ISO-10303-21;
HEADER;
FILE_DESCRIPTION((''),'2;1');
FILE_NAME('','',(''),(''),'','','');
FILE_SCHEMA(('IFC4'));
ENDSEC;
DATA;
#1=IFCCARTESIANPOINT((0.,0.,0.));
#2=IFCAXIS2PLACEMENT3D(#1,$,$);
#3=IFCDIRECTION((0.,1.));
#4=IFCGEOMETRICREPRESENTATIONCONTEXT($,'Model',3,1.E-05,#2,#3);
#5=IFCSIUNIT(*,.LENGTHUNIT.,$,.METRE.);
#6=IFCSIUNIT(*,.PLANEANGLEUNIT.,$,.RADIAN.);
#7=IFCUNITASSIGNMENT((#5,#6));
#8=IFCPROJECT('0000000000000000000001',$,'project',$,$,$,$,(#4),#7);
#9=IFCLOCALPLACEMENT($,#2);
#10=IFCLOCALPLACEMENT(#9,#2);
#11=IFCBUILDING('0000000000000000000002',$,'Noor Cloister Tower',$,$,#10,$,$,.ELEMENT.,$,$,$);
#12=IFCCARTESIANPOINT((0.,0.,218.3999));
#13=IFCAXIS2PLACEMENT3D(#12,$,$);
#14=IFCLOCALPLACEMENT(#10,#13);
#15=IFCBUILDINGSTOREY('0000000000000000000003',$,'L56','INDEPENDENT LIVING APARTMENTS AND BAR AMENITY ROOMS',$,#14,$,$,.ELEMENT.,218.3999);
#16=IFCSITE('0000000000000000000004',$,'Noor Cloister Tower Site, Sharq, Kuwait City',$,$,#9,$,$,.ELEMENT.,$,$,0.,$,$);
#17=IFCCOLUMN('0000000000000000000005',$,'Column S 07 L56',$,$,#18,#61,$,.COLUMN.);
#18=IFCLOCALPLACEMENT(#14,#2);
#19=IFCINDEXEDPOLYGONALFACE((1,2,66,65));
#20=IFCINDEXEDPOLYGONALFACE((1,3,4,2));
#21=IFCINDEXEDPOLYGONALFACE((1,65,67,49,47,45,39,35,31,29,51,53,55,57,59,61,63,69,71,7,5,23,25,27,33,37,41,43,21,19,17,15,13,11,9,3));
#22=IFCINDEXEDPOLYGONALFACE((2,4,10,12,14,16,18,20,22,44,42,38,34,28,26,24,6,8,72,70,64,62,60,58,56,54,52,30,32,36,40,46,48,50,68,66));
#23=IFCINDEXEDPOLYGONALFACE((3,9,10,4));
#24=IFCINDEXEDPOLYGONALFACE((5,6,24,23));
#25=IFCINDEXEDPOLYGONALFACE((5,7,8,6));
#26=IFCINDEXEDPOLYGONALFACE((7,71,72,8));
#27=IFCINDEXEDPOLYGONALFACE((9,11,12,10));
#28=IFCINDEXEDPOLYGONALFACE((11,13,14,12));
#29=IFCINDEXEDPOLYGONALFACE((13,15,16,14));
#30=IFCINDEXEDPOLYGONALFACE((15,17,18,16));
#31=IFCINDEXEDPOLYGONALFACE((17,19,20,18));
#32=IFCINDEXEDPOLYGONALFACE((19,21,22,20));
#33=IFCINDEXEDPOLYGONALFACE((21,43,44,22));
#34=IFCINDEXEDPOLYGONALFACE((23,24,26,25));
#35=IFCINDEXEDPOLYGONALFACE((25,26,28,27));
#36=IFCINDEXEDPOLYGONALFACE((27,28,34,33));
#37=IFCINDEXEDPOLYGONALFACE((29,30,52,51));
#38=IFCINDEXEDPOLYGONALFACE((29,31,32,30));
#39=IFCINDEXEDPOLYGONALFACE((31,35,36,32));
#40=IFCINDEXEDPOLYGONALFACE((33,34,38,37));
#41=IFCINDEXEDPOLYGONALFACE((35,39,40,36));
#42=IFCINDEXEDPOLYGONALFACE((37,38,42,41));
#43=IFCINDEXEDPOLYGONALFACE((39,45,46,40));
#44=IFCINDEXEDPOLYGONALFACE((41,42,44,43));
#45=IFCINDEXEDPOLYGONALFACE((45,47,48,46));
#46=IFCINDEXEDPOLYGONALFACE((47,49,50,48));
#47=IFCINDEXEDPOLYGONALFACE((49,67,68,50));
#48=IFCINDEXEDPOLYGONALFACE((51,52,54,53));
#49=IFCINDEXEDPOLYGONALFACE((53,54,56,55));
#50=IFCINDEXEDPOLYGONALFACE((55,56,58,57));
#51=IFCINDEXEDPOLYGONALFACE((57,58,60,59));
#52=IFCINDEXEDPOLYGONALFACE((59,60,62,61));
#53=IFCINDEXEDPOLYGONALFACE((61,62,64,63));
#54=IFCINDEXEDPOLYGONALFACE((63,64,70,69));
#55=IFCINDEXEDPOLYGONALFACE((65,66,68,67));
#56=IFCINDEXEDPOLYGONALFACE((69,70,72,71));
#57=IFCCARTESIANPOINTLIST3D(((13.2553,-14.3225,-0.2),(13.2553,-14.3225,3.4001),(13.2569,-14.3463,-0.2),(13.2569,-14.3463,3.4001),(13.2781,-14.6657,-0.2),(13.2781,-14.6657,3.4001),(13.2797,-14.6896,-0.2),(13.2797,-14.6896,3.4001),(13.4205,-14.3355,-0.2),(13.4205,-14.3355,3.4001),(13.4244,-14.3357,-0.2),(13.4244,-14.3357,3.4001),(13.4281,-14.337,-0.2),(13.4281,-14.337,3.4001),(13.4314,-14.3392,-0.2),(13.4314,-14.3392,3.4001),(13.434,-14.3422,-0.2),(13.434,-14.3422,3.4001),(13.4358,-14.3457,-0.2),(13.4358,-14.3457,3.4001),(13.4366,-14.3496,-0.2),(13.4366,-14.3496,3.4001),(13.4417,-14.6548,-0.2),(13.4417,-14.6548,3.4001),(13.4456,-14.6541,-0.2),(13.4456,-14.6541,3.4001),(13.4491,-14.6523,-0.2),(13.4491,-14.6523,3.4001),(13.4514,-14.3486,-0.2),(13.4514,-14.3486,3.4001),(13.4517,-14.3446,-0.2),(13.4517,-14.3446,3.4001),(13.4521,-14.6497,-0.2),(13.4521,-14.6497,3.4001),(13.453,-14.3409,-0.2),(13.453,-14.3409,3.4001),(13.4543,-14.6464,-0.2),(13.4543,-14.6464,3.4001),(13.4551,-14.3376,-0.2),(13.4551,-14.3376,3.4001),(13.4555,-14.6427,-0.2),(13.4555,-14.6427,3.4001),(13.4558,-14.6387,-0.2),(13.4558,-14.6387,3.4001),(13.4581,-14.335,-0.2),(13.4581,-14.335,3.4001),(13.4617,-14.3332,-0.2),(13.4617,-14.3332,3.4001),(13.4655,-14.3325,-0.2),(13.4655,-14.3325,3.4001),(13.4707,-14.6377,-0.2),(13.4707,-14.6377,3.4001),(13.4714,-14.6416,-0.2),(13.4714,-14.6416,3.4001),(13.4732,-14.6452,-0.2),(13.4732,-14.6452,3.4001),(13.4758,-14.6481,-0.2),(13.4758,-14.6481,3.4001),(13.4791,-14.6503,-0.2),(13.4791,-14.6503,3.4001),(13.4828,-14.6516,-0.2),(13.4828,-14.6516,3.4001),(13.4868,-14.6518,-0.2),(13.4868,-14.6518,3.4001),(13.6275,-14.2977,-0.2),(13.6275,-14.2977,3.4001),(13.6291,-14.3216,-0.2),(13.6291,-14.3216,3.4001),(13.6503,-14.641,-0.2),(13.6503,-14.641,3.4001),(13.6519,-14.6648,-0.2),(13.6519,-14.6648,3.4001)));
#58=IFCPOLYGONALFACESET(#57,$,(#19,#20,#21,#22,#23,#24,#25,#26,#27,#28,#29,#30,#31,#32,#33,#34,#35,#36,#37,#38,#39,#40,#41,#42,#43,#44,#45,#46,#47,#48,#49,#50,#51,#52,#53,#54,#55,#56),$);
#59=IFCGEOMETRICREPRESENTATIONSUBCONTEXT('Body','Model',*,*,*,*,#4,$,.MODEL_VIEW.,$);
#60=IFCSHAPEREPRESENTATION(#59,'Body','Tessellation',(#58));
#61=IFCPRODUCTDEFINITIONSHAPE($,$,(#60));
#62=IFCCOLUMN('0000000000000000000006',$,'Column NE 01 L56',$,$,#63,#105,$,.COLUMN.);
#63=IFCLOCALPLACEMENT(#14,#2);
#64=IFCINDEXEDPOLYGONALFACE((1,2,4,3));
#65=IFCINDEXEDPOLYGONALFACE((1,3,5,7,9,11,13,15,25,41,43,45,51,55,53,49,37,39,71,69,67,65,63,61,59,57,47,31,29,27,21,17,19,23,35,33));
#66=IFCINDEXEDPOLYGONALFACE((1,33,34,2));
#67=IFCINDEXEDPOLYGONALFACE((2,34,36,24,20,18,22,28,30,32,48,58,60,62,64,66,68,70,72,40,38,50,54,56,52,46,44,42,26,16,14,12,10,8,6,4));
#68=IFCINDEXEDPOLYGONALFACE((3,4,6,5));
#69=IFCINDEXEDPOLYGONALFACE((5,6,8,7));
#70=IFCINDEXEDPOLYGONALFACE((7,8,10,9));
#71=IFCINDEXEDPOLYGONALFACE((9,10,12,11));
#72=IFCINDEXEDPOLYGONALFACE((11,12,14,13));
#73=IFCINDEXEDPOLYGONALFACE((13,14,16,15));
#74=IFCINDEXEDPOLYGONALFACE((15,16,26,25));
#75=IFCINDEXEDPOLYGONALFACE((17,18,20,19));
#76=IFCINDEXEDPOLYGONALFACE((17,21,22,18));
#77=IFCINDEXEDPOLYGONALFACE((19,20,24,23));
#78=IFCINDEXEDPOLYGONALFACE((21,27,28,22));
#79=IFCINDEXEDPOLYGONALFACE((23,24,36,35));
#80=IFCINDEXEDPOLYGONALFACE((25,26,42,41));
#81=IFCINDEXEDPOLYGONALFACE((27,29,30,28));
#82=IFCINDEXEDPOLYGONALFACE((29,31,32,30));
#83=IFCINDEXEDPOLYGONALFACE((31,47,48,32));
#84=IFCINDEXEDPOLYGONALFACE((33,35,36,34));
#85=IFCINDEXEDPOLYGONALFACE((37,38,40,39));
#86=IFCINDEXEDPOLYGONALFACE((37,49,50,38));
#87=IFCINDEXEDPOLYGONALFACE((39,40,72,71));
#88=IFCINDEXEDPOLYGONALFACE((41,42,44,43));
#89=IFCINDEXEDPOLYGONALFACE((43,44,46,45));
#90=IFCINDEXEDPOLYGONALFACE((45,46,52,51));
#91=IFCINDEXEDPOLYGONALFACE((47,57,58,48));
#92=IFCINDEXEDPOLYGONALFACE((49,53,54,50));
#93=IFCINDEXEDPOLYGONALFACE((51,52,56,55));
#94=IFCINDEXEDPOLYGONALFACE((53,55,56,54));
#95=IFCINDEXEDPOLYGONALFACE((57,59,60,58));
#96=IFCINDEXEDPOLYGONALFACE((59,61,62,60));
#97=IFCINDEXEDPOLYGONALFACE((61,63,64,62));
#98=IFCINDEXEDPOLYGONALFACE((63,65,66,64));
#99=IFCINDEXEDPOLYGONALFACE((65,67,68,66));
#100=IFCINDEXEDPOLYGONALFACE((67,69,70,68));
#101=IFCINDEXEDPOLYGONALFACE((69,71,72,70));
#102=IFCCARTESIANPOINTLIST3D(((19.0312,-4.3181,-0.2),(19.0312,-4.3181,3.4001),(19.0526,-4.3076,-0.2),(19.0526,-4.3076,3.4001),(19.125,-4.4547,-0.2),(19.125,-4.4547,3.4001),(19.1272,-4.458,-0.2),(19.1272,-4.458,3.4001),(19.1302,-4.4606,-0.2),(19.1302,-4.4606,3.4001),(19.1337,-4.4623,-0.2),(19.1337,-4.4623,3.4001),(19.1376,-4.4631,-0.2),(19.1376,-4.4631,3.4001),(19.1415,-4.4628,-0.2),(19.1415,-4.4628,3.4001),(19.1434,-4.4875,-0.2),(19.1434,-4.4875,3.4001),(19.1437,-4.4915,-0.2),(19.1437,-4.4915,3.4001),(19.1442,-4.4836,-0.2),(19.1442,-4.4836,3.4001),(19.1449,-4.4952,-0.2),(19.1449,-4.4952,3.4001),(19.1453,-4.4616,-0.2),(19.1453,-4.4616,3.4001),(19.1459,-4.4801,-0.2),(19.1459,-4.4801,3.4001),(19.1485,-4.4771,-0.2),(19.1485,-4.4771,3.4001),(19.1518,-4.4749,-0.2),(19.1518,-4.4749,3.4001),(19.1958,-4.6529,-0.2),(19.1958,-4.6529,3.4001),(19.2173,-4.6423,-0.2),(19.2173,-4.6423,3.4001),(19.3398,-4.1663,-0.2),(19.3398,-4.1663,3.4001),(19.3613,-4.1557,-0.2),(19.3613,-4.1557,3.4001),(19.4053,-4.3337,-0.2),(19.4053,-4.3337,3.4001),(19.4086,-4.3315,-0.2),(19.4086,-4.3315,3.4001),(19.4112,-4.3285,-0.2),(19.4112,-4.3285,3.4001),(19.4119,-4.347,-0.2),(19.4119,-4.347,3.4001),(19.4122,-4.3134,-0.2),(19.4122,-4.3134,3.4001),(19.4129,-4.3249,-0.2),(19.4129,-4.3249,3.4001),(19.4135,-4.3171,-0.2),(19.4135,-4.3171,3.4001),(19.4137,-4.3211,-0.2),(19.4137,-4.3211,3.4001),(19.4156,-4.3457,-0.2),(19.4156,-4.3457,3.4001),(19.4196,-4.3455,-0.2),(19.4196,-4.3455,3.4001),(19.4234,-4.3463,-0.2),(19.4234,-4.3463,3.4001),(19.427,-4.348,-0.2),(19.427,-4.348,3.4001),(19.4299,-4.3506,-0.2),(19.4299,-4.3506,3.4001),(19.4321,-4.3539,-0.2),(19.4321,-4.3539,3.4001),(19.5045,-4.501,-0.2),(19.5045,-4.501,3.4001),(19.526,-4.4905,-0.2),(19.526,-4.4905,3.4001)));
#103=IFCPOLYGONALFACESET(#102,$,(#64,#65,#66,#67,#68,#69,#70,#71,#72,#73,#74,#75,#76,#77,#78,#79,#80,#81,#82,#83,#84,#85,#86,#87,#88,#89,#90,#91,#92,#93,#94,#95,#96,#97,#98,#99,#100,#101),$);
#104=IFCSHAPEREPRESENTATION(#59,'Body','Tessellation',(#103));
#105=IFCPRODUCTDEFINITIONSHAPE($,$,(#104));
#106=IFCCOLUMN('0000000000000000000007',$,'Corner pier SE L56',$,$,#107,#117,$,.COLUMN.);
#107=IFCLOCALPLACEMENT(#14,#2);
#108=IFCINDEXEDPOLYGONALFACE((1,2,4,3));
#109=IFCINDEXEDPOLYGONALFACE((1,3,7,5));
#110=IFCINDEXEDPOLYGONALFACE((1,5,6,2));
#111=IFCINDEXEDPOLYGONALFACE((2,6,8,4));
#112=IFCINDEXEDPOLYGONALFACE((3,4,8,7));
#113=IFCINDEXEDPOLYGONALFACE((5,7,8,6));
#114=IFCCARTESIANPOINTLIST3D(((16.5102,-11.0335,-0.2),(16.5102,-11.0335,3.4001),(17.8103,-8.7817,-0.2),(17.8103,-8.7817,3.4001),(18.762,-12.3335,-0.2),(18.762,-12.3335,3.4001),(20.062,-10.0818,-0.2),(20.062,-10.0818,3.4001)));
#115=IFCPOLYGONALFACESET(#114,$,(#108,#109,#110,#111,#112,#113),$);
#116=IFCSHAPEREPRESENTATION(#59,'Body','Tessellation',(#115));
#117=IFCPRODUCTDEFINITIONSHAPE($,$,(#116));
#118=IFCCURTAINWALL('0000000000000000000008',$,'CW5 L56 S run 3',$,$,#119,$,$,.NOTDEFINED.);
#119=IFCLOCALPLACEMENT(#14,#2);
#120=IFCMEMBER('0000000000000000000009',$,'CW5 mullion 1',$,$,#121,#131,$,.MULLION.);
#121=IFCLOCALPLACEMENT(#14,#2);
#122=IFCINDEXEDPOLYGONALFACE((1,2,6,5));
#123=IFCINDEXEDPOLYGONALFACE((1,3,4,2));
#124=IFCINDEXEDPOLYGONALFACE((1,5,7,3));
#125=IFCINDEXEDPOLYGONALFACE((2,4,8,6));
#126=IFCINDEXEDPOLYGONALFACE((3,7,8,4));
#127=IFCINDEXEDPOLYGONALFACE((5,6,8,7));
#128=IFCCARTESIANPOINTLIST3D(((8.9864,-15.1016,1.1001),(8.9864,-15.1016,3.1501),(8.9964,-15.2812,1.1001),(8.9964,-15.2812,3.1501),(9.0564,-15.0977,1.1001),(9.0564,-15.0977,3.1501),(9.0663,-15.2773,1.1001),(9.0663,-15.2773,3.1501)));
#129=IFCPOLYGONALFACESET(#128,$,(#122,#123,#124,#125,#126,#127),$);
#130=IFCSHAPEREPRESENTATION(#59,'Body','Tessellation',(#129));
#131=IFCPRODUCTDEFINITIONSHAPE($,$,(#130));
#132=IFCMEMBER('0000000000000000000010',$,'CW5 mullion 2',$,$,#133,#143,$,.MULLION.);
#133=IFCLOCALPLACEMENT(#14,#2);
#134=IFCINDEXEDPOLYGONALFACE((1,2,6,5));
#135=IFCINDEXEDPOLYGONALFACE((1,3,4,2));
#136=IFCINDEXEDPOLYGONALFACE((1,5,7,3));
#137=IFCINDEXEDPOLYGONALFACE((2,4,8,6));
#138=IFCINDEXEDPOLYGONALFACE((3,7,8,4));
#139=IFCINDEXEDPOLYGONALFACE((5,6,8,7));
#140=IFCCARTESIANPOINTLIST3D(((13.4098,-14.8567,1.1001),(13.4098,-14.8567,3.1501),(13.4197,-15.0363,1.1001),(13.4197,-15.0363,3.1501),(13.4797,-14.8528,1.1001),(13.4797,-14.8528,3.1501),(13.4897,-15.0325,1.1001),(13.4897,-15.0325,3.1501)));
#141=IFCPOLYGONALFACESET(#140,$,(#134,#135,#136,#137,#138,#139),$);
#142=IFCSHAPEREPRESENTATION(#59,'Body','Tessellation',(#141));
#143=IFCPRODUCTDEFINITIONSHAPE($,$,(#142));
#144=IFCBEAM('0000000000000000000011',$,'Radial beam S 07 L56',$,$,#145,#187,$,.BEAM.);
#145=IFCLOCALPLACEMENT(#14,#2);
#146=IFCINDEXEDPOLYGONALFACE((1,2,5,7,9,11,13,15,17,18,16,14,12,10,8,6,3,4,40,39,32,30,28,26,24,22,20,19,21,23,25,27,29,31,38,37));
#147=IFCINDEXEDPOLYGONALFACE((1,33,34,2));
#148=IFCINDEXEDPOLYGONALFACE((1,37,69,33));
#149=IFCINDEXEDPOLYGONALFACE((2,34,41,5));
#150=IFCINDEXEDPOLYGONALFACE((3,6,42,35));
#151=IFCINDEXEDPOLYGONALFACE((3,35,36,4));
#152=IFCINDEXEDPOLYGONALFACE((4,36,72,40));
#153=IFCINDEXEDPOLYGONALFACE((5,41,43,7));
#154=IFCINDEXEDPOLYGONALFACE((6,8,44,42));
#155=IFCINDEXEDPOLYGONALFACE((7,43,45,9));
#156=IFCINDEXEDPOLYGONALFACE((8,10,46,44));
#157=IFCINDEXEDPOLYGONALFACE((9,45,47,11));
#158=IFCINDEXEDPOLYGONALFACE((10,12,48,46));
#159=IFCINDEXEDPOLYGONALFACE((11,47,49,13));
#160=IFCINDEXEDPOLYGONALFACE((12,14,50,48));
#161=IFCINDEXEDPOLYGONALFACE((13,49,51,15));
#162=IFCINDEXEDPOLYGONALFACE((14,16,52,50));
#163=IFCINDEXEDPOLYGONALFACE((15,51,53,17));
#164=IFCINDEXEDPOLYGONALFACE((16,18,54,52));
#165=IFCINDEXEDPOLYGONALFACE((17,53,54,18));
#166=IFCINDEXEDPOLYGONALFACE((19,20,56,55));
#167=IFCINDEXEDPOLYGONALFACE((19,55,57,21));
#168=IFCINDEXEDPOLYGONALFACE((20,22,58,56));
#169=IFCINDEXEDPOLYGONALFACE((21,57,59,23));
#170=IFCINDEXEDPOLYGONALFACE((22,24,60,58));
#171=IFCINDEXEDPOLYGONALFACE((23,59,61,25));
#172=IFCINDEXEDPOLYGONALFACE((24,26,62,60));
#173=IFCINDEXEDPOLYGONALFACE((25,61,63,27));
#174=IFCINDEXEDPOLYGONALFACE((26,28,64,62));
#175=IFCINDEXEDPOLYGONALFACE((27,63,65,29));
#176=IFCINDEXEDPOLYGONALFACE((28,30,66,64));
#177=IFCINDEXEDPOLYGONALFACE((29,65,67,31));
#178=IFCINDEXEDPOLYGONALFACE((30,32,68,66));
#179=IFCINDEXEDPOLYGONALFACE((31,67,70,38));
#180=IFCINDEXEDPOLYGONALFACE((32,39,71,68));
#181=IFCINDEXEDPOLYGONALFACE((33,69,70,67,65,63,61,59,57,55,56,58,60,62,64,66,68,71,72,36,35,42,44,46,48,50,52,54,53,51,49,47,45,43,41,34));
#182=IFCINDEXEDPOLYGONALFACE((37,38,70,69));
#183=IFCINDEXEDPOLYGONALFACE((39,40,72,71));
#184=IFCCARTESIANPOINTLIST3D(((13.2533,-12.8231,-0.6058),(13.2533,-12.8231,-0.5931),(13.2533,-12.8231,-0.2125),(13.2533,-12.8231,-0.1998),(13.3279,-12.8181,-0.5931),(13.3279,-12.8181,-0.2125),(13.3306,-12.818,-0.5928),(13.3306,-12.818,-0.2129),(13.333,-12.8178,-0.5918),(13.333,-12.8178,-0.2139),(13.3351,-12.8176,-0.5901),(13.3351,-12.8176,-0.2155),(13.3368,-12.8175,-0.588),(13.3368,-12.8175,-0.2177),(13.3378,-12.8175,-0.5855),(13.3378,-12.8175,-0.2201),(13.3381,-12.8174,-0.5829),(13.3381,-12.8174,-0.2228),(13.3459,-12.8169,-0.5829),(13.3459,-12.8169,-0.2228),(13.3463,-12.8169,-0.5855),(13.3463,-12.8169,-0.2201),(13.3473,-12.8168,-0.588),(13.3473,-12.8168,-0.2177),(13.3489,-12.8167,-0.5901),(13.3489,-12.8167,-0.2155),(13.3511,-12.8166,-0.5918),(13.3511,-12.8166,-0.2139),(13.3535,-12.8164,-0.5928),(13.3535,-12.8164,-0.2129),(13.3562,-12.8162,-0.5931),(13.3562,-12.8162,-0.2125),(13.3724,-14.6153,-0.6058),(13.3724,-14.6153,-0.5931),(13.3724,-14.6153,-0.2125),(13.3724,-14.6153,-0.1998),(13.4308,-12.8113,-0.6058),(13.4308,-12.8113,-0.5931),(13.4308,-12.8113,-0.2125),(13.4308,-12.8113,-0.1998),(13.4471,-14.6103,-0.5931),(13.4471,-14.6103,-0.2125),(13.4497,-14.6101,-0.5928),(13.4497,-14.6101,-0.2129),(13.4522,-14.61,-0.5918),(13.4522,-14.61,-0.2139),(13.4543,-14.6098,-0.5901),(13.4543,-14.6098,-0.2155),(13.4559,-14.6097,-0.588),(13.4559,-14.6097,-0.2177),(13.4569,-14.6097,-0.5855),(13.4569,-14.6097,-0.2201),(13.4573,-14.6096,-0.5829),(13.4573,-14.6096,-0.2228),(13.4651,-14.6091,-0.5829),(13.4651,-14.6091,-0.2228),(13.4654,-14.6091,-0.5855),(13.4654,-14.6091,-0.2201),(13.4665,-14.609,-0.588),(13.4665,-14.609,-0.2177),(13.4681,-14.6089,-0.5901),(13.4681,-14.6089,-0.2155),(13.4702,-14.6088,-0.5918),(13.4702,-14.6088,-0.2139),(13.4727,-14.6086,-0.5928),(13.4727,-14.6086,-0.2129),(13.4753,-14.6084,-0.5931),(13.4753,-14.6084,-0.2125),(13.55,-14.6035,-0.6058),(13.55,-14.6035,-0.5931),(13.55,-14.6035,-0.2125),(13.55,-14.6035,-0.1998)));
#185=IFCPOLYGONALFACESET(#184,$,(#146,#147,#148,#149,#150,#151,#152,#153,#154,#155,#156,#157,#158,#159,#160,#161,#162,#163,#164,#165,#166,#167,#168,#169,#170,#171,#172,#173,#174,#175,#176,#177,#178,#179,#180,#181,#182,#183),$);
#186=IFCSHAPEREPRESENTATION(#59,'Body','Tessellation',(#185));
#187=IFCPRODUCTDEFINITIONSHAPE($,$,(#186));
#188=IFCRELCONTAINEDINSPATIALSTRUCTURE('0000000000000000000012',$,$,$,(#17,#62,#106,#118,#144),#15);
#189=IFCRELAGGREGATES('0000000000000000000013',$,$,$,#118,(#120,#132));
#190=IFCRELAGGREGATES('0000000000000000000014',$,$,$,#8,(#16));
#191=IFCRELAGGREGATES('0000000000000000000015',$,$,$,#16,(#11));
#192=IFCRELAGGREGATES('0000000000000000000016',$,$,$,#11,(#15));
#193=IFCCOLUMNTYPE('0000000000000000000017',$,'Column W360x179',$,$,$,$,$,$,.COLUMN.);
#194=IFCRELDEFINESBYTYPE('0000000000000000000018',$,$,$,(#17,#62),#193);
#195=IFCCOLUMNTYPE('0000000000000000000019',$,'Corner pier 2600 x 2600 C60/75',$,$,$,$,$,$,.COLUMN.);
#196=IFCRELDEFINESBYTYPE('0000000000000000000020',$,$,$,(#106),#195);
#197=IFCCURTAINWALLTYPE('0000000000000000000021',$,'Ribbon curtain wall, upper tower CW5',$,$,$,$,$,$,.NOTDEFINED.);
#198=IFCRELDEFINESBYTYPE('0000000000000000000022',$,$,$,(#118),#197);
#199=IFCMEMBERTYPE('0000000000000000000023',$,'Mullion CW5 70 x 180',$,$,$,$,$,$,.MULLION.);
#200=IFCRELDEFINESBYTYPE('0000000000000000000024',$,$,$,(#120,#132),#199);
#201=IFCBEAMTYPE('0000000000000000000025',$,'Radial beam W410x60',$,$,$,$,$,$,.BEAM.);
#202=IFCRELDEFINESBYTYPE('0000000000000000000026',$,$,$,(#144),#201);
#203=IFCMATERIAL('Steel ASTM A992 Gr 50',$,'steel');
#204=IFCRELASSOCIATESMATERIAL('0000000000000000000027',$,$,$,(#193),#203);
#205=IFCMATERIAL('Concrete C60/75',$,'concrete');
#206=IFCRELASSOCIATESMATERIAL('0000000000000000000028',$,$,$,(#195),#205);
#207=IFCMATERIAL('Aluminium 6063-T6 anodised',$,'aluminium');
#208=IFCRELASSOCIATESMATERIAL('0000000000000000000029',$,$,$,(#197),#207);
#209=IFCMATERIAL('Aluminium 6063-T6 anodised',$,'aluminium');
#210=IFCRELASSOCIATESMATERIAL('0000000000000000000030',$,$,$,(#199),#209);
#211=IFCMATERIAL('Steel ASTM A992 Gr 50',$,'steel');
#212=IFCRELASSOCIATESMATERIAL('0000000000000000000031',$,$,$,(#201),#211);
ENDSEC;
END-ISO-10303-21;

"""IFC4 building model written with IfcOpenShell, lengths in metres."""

from ifc_helpers import new_model, si_unit, direction, frame, origin, origin_2d, place, context, subcontext, project, spatial, rectangle, i_section, extrude, material, material_profile, profile_set, type_object, element, aggregate, save


model = new_model("IFC4")

# Units and contexts
model_context = context("Model", 3, precision=1e-05, world=origin(), true_north=direction((0.0, 1.0)))
body_context = subcontext(model_context, "Body", "Model", "MODEL_VIEW")
ifc_project = project(units=[si_unit("LENGTHUNIT", "METRE"), si_unit("PLANEANGLEUNIT", "RADIAN")], contexts=[model_context])

# Site, building, storey
site_placement = place(None, origin())
site = spatial("IfcSite", under=ifc_project, at=site_placement, Name="Noor Cloister Tower Site, Sharq, Kuwait City", CompositionType="ELEMENT", RefElevation=0.0)
building_placement = place(site_placement, origin())
building = spatial("IfcBuilding", under=site, at=building_placement, Name="Noor Cloister Tower", CompositionType="ELEMENT")
storey_placement = place(building_placement, frame((0.0, 0.0, 218.3999)))
storey = spatial("IfcBuildingStorey", under=building, at=storey_placement, Name="L56", Description="INDEPENDENT LIVING APARTMENTS AND BAR AMENITY ROOMS", CompositionType="ELEMENT", Elevation=218.3999)

# Columns
ifc_material_1 = material(Name="Steel ASTM A992 Gr 50", Category="steel")
ifc_material_profile_1 = material_profile(ifc_material_1, i_section(OverallWidth=0.373, OverallDepth=0.3679, WebThickness=0.0149, FlangeThickness=0.0239, FilletRadius=0.0151, at=origin_2d()), Name="W360x179")
ifc_profile_set_1 = profile_set([ifc_material_profile_1], Name="Steel ASTM A992 Gr 50")
column_type_1 = type_object("IfcColumnType", Name="Column W360x179", PredefinedType="COLUMN", material=ifc_profile_set_1)
for number, where, z_axis, x_axis, name in (
    (1, (13.4536, -14.4937, -0.2), (0.0, 0.0, 1.0), (0.997796, 0.066352, 0.0), "Column S 07 L56"),
    (2, (19.2786, -4.4043, -0.2), (0.0, 0.0, 1.0), (-0.441436, 0.897293, 0.0), "Column NE 01 L56"),
):
    element("IfcColumn", number, at=place(storey_placement, frame(where, z_axis=z_axis, x_axis=x_axis)), inside=storey, type_object=column_type_1, Name=name, PredefinedType="COLUMN", context=body_context, shape_type="SweptSolid", body=[
        extrude(i_section(OverallWidth=0.373, OverallDepth=0.3679, WebThickness=0.0149, FlangeThickness=0.0239, FilletRadius=0.0151, at=origin_2d()), origin(), (0.0, 0.0, 1.0), 3.6001),
    ])
ifc_material_2 = material(Name="Concrete C60/75", Category="concrete")
ifc_material_profile_2 = material_profile(ifc_material_2, rectangle(XDim=2.6001, YDim=2.6001, at=origin_2d()), Name="RC 2600x2600")
ifc_profile_set_2 = profile_set([ifc_material_profile_2], Name="Concrete C60/75")
column_type_2 = type_object("IfcColumnType", Name="Corner pier 2600 x 2600 C60/75", PredefinedType="COLUMN", material=ifc_profile_set_2)
column_placement = place(storey_placement, frame((18.2861, -10.5576, -0.2), z_axis=(0.0, 0.0, 1.0), x_axis=(0.866025, -0.5, 0.0)))
element("IfcColumn", 3, at=column_placement, inside=storey, type_object=column_type_2, Name="Corner pier SE L56", PredefinedType="COLUMN", context=body_context, shape_type="SweptSolid", body=[
    extrude(rectangle(XDim=2.6001, YDim=2.6001, at=origin_2d()), origin(), (0.0, 0.0, 1.0), 3.6001),
])

# Curtain wall, members
ifc_material_3 = material(Name="Aluminium 6063-T6 anodised", Category="aluminium")
curtain_wall_type = type_object("IfcCurtainWallType", Name="Ribbon curtain wall, upper tower CW5", PredefinedType="NOTDEFINED", material=ifc_material_3)
curtain_wall_placement = place(storey_placement, origin())
curtain_wall = element("IfcCurtainWall", 4, at=curtain_wall_placement, inside=storey, type_object=curtain_wall_type, Name="CW5 L56 S run 3", PredefinedType="NOTDEFINED")
ifc_material_4 = material(Name="Aluminium 6063-T6 anodised", Category="aluminium")
ifc_material_profile_3 = material_profile(ifc_material_4, rectangle(XDim=0.1799, YDim=0.0701, at=origin_2d()), Name="180 x 70 mullion")
ifc_profile_set_3 = profile_set([ifc_material_profile_3], Name="Aluminium 6063-T6 anodised")
member_type = type_object("IfcMemberType", Name="Mullion CW5 70 x 180", PredefinedType="MULLION", material=ifc_profile_set_3)
member_1_placement = place(storey_placement, frame((9.0264, -15.1895, 1.1001), z_axis=(0.0, 0.0, 1.0), x_axis=(-0.055305, 0.998469, 0.0)))
member_1 = element("IfcMember", 5, at=member_1_placement, type_object=member_type, Name="CW5 mullion 1", PredefinedType="MULLION", context=body_context, shape_type="SweptSolid", body=[
    extrude(rectangle(XDim=0.1799, YDim=0.0701, at=origin_2d()), origin(), (0.0, 0.0, 1.0), 2.05),
])
member_2_placement = place(storey_placement, frame((13.4497, -14.9446, 1.1001), z_axis=(0.0, 0.0, 1.0), x_axis=(-0.055305, 0.998469, 0.0)))
member_2 = element("IfcMember", 6, at=member_2_placement, type_object=member_type, Name="CW5 mullion 2", PredefinedType="MULLION", context=body_context, shape_type="SweptSolid", body=[
    extrude(rectangle(XDim=0.1799, YDim=0.0701, at=origin_2d()), origin(), (0.0, 0.0, 1.0), 2.05),
])

# Beam
ifc_material_5 = material(Name="Steel ASTM A992 Gr 50", Category="steel")
ifc_material_profile_4 = material_profile(ifc_material_5, i_section(OverallWidth=0.178, OverallDepth=0.406, WebThickness=0.0078, FlangeThickness=0.0127, FilletRadius=0.0103, at=origin_2d()), Name="W410x60")
ifc_profile_set_4 = profile_set([ifc_material_profile_4], Name="Steel ASTM A992 Gr 50")
beam_type_1 = type_object("IfcBeamType", Name="Radial beam W410x60", PredefinedType="BEAM", material=ifc_profile_set_4)
beam_1_placement = place(storey_placement, frame((13.4612, -14.6094, -0.4028), z_axis=(-0.06633, 0.997798, 0.0), x_axis=(-0.997798, -0.06633, 0.0)))
element("IfcBeam", 7, at=beam_1_placement, inside=storey, type_object=beam_type_1, Name="Radial beam S 07 L56", PredefinedType="BEAM", context=body_context, shape_type="SweptSolid", body=[
    extrude(i_section(OverallWidth=0.178, OverallDepth=0.406, WebThickness=0.0078, FlangeThickness=0.0127, FilletRadius=0.0103, at=origin_2d()), origin(), (0.0, 0.0, 1.0), 1.7961),
])

aggregate(curtain_wall, [member_1, member_2])

save(model, "model.ifc")
